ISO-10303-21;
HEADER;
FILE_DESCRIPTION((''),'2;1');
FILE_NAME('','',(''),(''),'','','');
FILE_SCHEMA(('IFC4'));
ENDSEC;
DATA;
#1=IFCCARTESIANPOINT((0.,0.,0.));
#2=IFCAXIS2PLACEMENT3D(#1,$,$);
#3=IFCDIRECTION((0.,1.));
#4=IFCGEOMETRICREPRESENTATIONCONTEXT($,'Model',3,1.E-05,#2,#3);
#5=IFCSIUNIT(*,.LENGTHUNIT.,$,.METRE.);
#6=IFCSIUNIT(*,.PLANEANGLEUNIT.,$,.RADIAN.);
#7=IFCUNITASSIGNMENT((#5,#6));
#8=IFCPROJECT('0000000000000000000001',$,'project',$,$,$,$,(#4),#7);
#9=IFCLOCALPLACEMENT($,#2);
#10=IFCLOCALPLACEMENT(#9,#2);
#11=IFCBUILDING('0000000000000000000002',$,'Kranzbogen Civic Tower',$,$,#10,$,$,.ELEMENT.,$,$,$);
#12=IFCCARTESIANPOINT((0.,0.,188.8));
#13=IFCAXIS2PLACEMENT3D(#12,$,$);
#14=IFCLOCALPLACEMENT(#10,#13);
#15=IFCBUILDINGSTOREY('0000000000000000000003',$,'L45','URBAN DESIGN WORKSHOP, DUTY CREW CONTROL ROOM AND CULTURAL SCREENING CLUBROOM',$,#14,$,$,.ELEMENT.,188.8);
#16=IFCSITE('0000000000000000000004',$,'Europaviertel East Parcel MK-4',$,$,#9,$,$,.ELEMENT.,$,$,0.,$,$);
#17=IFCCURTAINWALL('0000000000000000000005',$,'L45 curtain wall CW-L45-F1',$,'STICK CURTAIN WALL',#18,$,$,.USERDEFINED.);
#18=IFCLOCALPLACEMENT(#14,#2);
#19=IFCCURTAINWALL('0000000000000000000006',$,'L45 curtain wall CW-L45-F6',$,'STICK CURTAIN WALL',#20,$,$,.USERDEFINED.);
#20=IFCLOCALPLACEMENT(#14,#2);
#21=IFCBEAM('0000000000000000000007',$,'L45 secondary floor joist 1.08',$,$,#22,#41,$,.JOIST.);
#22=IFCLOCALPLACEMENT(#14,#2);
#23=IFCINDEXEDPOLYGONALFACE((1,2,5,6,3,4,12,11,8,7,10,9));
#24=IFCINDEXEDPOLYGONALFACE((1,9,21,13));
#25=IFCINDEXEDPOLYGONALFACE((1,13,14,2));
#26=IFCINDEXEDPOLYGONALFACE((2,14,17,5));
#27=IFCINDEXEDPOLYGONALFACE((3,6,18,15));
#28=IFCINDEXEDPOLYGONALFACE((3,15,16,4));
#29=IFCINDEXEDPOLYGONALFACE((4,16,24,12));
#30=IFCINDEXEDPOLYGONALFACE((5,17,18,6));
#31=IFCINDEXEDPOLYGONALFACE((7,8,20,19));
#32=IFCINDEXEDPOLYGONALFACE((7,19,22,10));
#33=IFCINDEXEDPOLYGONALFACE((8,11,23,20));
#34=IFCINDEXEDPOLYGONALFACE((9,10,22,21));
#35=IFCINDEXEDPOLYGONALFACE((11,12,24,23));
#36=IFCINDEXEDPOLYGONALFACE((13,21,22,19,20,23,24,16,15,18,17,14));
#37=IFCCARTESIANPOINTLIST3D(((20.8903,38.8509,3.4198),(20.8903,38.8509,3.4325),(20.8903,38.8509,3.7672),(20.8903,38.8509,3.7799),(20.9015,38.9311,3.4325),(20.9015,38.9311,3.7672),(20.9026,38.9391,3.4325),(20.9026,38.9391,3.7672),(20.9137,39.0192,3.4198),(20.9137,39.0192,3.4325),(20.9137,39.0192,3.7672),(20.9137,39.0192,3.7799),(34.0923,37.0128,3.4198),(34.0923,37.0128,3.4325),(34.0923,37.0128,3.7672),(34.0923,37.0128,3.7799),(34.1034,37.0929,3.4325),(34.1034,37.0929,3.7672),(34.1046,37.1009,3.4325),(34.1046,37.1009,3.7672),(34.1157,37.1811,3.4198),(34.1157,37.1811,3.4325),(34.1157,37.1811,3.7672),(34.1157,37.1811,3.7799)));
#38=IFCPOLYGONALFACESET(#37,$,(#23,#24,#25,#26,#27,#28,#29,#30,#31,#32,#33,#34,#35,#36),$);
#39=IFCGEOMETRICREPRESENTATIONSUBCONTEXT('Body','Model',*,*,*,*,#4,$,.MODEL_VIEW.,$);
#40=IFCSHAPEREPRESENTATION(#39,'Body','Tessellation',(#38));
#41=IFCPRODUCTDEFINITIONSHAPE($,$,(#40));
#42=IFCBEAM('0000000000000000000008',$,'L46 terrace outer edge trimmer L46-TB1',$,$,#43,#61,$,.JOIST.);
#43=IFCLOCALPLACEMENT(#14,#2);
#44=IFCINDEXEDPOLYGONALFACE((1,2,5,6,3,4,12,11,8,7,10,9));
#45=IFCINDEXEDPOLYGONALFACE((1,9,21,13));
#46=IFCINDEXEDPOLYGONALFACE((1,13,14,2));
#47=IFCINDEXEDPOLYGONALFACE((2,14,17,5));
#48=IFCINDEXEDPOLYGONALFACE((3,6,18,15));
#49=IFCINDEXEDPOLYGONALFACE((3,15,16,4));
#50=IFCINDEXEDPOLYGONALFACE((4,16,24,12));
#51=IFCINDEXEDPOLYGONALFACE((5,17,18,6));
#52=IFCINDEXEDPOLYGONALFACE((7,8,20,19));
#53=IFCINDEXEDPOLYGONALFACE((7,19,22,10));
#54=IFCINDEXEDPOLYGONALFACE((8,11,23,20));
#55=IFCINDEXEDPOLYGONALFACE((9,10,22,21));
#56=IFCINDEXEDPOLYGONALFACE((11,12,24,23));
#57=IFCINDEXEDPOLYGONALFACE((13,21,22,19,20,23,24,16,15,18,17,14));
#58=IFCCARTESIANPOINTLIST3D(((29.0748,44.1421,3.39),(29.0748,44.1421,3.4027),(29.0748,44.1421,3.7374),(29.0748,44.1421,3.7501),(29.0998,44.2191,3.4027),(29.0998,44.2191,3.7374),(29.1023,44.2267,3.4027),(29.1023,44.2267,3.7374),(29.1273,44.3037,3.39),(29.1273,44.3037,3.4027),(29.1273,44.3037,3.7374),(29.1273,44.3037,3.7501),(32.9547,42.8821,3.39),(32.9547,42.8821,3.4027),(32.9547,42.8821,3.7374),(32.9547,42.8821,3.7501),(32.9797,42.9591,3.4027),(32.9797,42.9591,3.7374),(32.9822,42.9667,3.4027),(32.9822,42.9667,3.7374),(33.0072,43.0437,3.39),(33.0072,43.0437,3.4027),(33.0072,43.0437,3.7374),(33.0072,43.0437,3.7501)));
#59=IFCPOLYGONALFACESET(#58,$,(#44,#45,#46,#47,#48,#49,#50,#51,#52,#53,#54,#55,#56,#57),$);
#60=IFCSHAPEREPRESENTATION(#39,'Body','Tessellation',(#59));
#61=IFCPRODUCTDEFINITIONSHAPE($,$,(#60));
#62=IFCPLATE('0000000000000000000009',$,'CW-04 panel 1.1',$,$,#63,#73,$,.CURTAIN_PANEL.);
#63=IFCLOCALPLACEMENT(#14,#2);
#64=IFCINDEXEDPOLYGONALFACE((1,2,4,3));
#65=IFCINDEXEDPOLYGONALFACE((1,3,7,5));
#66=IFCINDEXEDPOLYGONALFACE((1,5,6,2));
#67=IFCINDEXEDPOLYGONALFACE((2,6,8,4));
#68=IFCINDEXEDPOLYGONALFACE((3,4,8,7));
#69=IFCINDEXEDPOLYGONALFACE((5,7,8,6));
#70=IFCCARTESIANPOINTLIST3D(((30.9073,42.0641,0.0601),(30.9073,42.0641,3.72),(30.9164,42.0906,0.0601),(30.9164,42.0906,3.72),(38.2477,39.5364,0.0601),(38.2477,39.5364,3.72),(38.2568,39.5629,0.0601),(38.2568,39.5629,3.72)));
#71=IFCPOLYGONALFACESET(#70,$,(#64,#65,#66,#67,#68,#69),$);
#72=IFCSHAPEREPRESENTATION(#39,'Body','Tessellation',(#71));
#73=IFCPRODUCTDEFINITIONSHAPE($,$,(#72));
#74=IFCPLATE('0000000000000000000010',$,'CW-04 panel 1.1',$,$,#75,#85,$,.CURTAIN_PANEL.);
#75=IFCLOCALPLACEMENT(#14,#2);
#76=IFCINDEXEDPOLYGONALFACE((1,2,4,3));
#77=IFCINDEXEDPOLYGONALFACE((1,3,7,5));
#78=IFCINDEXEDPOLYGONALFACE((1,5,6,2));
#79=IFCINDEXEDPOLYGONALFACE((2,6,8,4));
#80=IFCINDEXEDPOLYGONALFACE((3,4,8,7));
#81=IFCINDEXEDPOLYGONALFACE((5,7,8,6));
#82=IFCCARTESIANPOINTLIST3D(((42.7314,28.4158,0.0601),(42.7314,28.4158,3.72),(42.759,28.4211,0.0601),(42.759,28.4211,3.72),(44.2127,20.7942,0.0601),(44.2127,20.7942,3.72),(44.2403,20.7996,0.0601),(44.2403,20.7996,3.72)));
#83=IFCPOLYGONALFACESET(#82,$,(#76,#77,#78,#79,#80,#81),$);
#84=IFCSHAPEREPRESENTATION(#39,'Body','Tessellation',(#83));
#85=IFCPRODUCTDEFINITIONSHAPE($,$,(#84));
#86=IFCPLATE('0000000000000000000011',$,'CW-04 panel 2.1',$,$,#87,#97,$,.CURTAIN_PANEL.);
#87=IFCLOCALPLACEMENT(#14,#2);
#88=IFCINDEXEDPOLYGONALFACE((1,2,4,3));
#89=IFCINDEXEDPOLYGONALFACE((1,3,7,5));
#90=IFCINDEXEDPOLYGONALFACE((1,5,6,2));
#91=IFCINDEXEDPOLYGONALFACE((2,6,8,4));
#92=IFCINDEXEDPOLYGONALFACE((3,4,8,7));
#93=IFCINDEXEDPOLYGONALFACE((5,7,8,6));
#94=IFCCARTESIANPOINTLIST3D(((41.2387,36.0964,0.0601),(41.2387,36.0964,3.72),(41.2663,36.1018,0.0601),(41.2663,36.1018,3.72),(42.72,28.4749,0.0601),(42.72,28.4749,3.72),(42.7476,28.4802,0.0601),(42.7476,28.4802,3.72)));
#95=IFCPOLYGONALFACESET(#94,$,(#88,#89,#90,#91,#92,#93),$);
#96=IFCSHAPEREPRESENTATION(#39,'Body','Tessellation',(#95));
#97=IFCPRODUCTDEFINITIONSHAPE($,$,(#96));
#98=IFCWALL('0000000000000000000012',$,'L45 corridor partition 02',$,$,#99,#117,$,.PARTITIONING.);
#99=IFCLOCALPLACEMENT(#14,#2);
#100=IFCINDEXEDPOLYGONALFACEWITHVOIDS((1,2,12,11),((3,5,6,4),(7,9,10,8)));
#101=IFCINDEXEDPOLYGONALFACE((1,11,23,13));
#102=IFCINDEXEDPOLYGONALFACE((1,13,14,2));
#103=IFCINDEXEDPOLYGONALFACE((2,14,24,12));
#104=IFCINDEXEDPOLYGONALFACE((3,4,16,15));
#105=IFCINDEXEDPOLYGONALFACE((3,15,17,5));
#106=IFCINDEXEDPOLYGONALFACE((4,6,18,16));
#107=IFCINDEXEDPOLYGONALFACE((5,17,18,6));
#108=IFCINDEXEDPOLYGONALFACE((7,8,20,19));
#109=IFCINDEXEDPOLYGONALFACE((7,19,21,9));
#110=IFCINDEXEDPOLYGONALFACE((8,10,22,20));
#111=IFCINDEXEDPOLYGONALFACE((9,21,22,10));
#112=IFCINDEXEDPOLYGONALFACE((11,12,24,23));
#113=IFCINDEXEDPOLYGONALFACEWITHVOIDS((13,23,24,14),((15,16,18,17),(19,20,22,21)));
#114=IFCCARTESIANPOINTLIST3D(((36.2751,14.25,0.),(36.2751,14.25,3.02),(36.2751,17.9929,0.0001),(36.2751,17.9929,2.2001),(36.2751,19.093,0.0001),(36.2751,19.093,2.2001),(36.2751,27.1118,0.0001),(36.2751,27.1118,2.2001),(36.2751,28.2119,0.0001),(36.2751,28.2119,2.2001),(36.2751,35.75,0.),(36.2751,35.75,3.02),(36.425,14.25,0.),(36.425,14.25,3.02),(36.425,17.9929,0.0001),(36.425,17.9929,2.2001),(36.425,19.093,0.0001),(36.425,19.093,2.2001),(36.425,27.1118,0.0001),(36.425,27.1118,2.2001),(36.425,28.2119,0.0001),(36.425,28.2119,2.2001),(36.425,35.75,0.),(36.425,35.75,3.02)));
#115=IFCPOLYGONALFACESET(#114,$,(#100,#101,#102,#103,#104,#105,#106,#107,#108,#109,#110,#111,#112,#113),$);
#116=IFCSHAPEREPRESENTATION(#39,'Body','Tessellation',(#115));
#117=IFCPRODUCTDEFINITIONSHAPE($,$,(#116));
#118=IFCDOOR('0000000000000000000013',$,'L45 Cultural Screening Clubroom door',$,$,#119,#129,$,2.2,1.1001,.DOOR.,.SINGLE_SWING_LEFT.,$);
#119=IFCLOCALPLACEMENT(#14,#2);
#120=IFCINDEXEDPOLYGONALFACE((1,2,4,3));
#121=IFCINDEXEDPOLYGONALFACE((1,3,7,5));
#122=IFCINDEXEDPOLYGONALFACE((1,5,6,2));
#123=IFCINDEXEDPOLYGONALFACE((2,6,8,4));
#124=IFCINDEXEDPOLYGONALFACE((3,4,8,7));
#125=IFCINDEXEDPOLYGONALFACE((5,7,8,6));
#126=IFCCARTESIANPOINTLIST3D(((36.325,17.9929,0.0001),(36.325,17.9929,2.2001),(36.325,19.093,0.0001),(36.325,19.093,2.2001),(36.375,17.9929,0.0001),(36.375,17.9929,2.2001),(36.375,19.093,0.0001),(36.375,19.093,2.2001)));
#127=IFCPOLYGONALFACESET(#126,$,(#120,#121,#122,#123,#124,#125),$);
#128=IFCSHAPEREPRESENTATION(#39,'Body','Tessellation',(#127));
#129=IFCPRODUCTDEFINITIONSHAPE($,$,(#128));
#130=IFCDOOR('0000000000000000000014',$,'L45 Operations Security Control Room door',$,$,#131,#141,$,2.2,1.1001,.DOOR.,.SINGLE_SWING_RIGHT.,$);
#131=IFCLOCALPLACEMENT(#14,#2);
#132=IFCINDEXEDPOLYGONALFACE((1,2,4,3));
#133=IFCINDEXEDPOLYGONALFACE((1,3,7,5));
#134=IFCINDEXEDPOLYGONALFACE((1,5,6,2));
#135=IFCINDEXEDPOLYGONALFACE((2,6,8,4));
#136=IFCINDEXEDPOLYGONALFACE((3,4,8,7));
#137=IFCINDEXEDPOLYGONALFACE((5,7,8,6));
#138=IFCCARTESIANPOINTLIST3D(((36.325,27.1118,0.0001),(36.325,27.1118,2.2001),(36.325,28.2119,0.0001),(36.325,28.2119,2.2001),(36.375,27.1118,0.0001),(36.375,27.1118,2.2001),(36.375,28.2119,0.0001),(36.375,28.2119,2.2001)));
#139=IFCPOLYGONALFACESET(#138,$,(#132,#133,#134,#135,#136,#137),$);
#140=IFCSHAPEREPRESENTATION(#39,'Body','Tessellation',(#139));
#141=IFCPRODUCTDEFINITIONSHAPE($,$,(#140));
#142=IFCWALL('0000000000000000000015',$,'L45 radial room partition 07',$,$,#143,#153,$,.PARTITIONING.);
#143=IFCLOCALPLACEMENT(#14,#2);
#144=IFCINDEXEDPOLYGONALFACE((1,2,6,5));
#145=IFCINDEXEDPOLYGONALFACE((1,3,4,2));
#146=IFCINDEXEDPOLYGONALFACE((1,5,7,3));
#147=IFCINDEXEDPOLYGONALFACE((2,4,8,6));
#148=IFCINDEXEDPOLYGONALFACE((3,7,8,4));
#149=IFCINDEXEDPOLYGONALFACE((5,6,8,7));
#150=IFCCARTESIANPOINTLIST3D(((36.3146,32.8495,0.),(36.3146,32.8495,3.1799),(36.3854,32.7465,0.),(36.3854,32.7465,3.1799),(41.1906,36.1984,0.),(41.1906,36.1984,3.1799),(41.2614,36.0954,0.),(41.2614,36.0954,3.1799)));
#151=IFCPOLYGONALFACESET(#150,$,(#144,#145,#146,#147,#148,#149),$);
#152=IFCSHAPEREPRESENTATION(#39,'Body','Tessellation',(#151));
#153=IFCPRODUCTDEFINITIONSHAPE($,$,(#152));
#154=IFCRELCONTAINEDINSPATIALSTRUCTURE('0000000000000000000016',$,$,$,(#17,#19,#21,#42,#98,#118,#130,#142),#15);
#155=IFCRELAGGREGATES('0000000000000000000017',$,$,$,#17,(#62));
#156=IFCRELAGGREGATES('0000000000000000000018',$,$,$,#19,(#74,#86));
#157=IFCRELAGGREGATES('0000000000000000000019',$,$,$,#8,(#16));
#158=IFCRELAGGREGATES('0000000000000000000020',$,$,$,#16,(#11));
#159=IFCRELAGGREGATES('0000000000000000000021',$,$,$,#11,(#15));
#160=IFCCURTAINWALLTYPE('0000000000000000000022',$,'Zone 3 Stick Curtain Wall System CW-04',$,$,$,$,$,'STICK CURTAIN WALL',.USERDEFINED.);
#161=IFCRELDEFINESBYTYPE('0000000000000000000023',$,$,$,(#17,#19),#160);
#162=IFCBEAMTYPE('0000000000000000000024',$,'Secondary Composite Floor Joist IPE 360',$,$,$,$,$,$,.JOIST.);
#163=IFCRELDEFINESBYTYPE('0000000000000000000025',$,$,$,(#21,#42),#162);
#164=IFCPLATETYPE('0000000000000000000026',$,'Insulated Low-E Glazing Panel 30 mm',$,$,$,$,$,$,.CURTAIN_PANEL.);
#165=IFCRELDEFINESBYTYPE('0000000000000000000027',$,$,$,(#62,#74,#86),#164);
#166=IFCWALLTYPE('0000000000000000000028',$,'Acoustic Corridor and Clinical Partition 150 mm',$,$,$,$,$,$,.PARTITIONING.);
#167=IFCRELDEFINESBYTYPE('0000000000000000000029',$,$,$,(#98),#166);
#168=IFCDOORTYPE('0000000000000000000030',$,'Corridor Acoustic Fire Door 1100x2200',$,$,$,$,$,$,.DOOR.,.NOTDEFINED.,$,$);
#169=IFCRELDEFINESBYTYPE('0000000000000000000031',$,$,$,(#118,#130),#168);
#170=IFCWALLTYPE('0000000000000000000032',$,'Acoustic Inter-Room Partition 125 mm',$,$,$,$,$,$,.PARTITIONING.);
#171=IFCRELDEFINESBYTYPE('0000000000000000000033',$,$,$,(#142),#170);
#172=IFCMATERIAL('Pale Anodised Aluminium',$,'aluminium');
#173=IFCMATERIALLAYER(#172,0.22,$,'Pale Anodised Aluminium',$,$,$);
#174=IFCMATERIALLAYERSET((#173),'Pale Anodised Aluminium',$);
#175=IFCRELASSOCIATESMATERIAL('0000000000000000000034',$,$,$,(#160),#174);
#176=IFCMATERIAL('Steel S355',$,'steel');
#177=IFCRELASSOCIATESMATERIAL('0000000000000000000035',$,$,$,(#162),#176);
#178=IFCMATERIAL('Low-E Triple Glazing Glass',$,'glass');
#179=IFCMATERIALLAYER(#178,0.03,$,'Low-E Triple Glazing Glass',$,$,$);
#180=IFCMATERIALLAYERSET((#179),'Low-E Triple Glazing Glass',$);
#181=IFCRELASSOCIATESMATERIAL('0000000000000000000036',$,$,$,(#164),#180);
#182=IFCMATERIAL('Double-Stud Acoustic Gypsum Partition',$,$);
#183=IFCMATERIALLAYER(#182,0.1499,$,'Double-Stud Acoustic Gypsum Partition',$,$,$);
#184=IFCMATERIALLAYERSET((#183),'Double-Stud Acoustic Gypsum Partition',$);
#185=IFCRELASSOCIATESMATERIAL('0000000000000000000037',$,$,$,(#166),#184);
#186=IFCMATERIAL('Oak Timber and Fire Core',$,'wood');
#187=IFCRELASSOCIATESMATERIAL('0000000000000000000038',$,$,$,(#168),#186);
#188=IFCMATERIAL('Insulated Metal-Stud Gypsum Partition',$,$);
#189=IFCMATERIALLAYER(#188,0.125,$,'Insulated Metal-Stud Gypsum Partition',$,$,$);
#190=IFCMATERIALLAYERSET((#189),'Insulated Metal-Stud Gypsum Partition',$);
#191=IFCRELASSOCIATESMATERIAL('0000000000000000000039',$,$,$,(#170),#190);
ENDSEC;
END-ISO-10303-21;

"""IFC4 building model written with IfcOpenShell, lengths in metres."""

from ifc_helpers import new_model, si_unit, direction, frame, frame_2d, origin, origin_2d, place, context, subcontext, project, spatial, rectangle, i_section, extrude, material, layer, layer_set, material_profile, profile_set, type_object, element, fill, aggregate, save


model = new_model("IFC4")

# Units and contexts
model_context = context("Model", 3, precision=1e-05, world=origin(), true_north=direction((0.0, 1.0)))
body_context = subcontext(model_context, "Body", "Model", "MODEL_VIEW")
ifc_project = project(units=[si_unit("LENGTHUNIT", "METRE"), si_unit("PLANEANGLEUNIT", "RADIAN")], contexts=[model_context])

# Site, building, storey
site_placement = place(None, origin())
site = spatial("IfcSite", under=ifc_project, at=site_placement, Name="Europaviertel East Parcel MK-4", CompositionType="ELEMENT", RefElevation=0.0)
building_placement = place(site_placement, origin())
building = spatial("IfcBuilding", under=site, at=building_placement, Name="Kranzbogen Civic Tower", CompositionType="ELEMENT")
storey_placement = place(building_placement, frame((0.0, 0.0, 188.8)))
storey = spatial("IfcBuildingStorey", under=building, at=storey_placement, Name="L45", Description="URBAN DESIGN WORKSHOP, DUTY CREW CONTROL ROOM AND CULTURAL SCREENING CLUBROOM", CompositionType="ELEMENT", Elevation=188.8)

# Shared definitions
ifc_material_1 = material(Name="Steel S355", Category="steel")

# Curtain wall
ifc_material_2 = material(Name="Pale Anodised Aluminium", Category="aluminium")
ifc_layer_1 = layer(ifc_material_2, 0.22, Name="Pale Anodised Aluminium")
ifc_layer_set_1 = layer_set([ifc_layer_1], Name="Pale Anodised Aluminium")
curtain_wall_type = type_object("IfcCurtainWallType", Name="Zone 3 Stick Curtain Wall System CW-04", ElementType="STICK CURTAIN WALL", PredefinedType="USERDEFINED", material=ifc_layer_set_1)
curtain_wall_1_placement = place(storey_placement, origin())
curtain_wall_1 = element("IfcCurtainWall", 1, at=curtain_wall_1_placement, inside=storey, type_object=curtain_wall_type, Name="L45 curtain wall CW-L45-F1", ObjectType="STICK CURTAIN WALL", PredefinedType="USERDEFINED")

# Curtain wall
curtain_wall_2_placement = place(storey_placement, origin())
curtain_wall_2 = element("IfcCurtainWall", 2, at=curtain_wall_2_placement, inside=storey, type_object=curtain_wall_type, Name="L45 curtain wall CW-L45-F6", ObjectType="STICK CURTAIN WALL", PredefinedType="USERDEFINED")

# Beams
ifc_material_profile_1 = material_profile(ifc_material_1, i_section(OverallWidth=0.1699, OverallDepth=0.3601, WebThickness=0.0081, FlangeThickness=0.0127, at=origin_2d()), Name="IPE 360")
ifc_profile_set_1 = profile_set([ifc_material_profile_1], Name="Steel S355")
beam_type_1 = type_object("IfcBeamType", Name="Secondary Composite Floor Joist IPE 360", PredefinedType="JOIST", material=ifc_profile_set_1)
beam_1_placement = place(storey_placement, frame((34.104, 37.0969, 3.5999), z_axis=(-0.990446, 0.137902, 0.0), x_axis=(-0.137902, -0.990446, 0.0)))
element("IfcBeam", 3, at=beam_1_placement, inside=storey, type_object=beam_type_1, Name="L45 secondary floor joist 1.08", PredefinedType="JOIST", context=body_context, shape_type="SweptSolid", body=[
    extrude(i_section(OverallWidth=0.1699, OverallDepth=0.3601, WebThickness=0.0081, FlangeThickness=0.0127, at=origin_2d()), origin(), (0.0, 0.0, 1.0), 13.3293),
])
beam_2_placement = place(storey_placement, frame((32.981, 42.9629, 3.5701), z_axis=(-0.951103, 0.308875, 0.0), x_axis=(-0.308875, -0.951103, 0.0)))
element("IfcBeam", 4, at=beam_2_placement, inside=storey, type_object=beam_type_1, Name="L46 terrace outer edge trimmer L46-TB1", PredefinedType="JOIST", context=body_context, shape_type="SweptSolid", body=[
    extrude(i_section(OverallWidth=0.1699, OverallDepth=0.3601, WebThickness=0.0081, FlangeThickness=0.0127, at=origin_2d()), origin(), (0.0, 0.0, 1.0), 4.0793),
])

# Plates
ifc_material_3 = material(Name="Low-E Triple Glazing Glass", Category="glass")
ifc_layer_2 = layer(ifc_material_3, 0.03, Name="Low-E Triple Glazing Glass")
ifc_layer_set_2 = layer_set([ifc_layer_2], Name="Low-E Triple Glazing Glass")
plate_type = type_object("IfcPlateType", Name="Insulated Low-E Glazing Panel 30 mm", PredefinedType="CURTAIN_PANEL", material=ifc_layer_set_2)
plate_1_placement = place(storey_placement, frame((34.582, 40.8135, 0.0601), z_axis=(0.0, 0.0, 1.0), x_axis=(-0.945511, 0.32559, 0.0)))
plate_1 = element("IfcPlate", 5, at=plate_1_placement, type_object=plate_type, Name="CW-04 panel 1.1", PredefinedType="CURTAIN_PANEL", context=body_context, shape_type="SweptSolid", body=[
    extrude(rectangle(XDim=7.7634, YDim=0.0281, at=origin_2d()), origin(), (0.0, 0.0, 1.0), 3.6599),
])
aggregate(curtain_wall_1, [plate_1])
plate_2_placement = place(storey_placement, frame((43.4858, 24.6077, 0.0601), z_axis=(0.0, 0.0, 1.0), x_axis=(-0.190788, 0.981631, 0.0)))
plate_2 = element("IfcPlate", 6, at=plate_2_placement, type_object=plate_type, Name="CW-04 panel 1.1", PredefinedType="CURTAIN_PANEL", context=body_context, shape_type="SweptSolid", body=[
    extrude(rectangle(XDim=7.7642, YDim=0.0281, at=origin_2d()), origin(), (0.0, 0.0, 1.0), 3.6599),
])
plate_3_placement = place(storey_placement, frame((41.9932, 32.2883, 0.0601), z_axis=(0.0, 0.0, 1.0), x_axis=(-0.190788, 0.981631, 0.0)))
plate_3 = element("IfcPlate", 7, at=plate_3_placement, type_object=plate_type, Name="CW-04 panel 2.1", PredefinedType="CURTAIN_PANEL", context=body_context, shape_type="SweptSolid", body=[
    extrude(rectangle(XDim=7.7642, YDim=0.0281, at=origin_2d()), origin(), (0.0, 0.0, 1.0), 3.6599),
])
aggregate(curtain_wall_2, [plate_2, plate_3])

# Wall, openings, doors
ifc_material_4 = material(Name="Double-Stud Acoustic Gypsum Partition")
ifc_layer_3 = layer(ifc_material_4, 0.1499, Name="Double-Stud Acoustic Gypsum Partition")
ifc_layer_set_3 = layer_set([ifc_layer_3], Name="Double-Stud Acoustic Gypsum Partition")
wall_type_1 = type_object("IfcWallType", Name="Acoustic Corridor and Clinical Partition 150 mm", PredefinedType="PARTITIONING", material=ifc_layer_set_3)
wall_1_placement = place(storey_placement, frame((36.3501, 35.75, 0.0), z_axis=(0.0, 0.0, 1.0), x_axis=(0.0, -1.0, 0.0)))
wall_1 = element("IfcWall", 8, at=wall_1_placement, inside=storey, type_object=wall_type_1, Name="L45 corridor partition 02", PredefinedType="PARTITIONING", context=body_context, shape_type="SweptSolid", body=[
    extrude(rectangle(XDim=21.5, YDim=0.1499, at=frame_2d((10.75, 0.0))), origin(), (0.0, 0.0, 1.0), 3.02),
])
opening_1_placement = place(wall_1_placement, frame((16.657, 0.0, 0.0)))
opening_1 = element("IfcOpeningElement", 9, at=opening_1_placement, cuts=wall_1, PredefinedType="OPENING", context=body_context, shape_type="SweptSolid", body=[
    extrude(rectangle(XDim=1.1001, YDim=2.2, at=frame_2d((0.55, 1.1001))), frame((0.0, 0.085, 0.0), z_axis=(0.0, -1.0, 0.0), x_axis=(1.0, 0.0, 0.0)), (0.0, 0.0, 1.0), 0.1699),
])
opening_2_placement = place(wall_1_placement, frame((7.5381, 0.0, 0.0)))
opening_2 = element("IfcOpeningElement", 10, at=opening_2_placement, cuts=wall_1, PredefinedType="OPENING", context=body_context, shape_type="SweptSolid", body=[
    extrude(rectangle(XDim=1.1001, YDim=2.2, at=frame_2d((0.55, 1.1001))), frame((0.0, 0.085, 0.0), z_axis=(0.0, -1.0, 0.0), x_axis=(1.0, 0.0, 0.0)), (0.0, 0.0, 1.0), 0.1699),
])
ifc_material_5 = material(Name="Oak Timber and Fire Core", Category="wood")
door_type_1 = type_object("IfcDoorType", Name="Corridor Acoustic Fire Door 1100x2200", OperationType="NOTDEFINED", PredefinedType="DOOR", material=ifc_material_5)
door_1_placement = place(opening_1_placement, origin())
door_1 = element("IfcDoor", 11, at=door_1_placement, inside=storey, type_object=door_type_1, Name="L45 Cultural Screening Clubroom door", OperationType="SINGLE_SWING_LEFT", OverallHeight=2.2, OverallWidth=1.1001, PredefinedType="DOOR", context=body_context, shape_type="SweptSolid", body=[
    extrude(rectangle(XDim=1.1001, YDim=2.2, at=frame_2d((0.55, 1.1001))), frame((0.0, 0.0249, 0.0), z_axis=(0.0, -1.0, 0.0), x_axis=(1.0, 0.0, 0.0)), (0.0, 0.0, 1.0), 0.05),
])
fill(opening_1, door_1)
door_2_placement = place(opening_2_placement, origin())
door_2 = element("IfcDoor", 12, at=door_2_placement, inside=storey, type_object=door_type_1, Name="L45 Operations Security Control Room door", OperationType="SINGLE_SWING_RIGHT", OverallHeight=2.2, OverallWidth=1.1001, PredefinedType="DOOR", context=body_context, shape_type="SweptSolid", body=[
    extrude(rectangle(XDim=1.1001, YDim=2.2, at=frame_2d((0.55, 1.1001))), frame((0.0, 0.0249, 0.0), z_axis=(0.0, -1.0, 0.0), x_axis=(1.0, 0.0, 0.0)), (0.0, 0.0, 1.0), 0.05),
])
fill(opening_2, door_2)

# Wall
ifc_material_6 = material(Name="Insulated Metal-Stud Gypsum Partition")
ifc_layer_4 = layer(ifc_material_6, 0.125, Name="Insulated Metal-Stud Gypsum Partition")
ifc_layer_set_4 = layer_set([ifc_layer_4], Name="Insulated Metal-Stud Gypsum Partition")
wall_type_2 = type_object("IfcWallType", Name="Acoustic Inter-Room Partition 125 mm", PredefinedType="PARTITIONING", material=ifc_layer_set_4)
wall_2_placement = place(storey_placement, frame((36.3501, 32.7981, 0.0), z_axis=(0.0, 0.0, 1.0), x_axis=(0.824307, 0.566143, 0.0)))
element("IfcWall", 13, at=wall_2_placement, inside=storey, type_object=wall_type_2, Name="L45 radial room partition 07", PredefinedType="PARTITIONING", context=body_context, shape_type="SweptSolid", body=[
    extrude(rectangle(XDim=5.9153, YDim=0.125, at=frame_2d((2.9575, 0.0))), origin(), (0.0, 0.0, 1.0), 3.1799),
])

save(model, "model.ifc")
